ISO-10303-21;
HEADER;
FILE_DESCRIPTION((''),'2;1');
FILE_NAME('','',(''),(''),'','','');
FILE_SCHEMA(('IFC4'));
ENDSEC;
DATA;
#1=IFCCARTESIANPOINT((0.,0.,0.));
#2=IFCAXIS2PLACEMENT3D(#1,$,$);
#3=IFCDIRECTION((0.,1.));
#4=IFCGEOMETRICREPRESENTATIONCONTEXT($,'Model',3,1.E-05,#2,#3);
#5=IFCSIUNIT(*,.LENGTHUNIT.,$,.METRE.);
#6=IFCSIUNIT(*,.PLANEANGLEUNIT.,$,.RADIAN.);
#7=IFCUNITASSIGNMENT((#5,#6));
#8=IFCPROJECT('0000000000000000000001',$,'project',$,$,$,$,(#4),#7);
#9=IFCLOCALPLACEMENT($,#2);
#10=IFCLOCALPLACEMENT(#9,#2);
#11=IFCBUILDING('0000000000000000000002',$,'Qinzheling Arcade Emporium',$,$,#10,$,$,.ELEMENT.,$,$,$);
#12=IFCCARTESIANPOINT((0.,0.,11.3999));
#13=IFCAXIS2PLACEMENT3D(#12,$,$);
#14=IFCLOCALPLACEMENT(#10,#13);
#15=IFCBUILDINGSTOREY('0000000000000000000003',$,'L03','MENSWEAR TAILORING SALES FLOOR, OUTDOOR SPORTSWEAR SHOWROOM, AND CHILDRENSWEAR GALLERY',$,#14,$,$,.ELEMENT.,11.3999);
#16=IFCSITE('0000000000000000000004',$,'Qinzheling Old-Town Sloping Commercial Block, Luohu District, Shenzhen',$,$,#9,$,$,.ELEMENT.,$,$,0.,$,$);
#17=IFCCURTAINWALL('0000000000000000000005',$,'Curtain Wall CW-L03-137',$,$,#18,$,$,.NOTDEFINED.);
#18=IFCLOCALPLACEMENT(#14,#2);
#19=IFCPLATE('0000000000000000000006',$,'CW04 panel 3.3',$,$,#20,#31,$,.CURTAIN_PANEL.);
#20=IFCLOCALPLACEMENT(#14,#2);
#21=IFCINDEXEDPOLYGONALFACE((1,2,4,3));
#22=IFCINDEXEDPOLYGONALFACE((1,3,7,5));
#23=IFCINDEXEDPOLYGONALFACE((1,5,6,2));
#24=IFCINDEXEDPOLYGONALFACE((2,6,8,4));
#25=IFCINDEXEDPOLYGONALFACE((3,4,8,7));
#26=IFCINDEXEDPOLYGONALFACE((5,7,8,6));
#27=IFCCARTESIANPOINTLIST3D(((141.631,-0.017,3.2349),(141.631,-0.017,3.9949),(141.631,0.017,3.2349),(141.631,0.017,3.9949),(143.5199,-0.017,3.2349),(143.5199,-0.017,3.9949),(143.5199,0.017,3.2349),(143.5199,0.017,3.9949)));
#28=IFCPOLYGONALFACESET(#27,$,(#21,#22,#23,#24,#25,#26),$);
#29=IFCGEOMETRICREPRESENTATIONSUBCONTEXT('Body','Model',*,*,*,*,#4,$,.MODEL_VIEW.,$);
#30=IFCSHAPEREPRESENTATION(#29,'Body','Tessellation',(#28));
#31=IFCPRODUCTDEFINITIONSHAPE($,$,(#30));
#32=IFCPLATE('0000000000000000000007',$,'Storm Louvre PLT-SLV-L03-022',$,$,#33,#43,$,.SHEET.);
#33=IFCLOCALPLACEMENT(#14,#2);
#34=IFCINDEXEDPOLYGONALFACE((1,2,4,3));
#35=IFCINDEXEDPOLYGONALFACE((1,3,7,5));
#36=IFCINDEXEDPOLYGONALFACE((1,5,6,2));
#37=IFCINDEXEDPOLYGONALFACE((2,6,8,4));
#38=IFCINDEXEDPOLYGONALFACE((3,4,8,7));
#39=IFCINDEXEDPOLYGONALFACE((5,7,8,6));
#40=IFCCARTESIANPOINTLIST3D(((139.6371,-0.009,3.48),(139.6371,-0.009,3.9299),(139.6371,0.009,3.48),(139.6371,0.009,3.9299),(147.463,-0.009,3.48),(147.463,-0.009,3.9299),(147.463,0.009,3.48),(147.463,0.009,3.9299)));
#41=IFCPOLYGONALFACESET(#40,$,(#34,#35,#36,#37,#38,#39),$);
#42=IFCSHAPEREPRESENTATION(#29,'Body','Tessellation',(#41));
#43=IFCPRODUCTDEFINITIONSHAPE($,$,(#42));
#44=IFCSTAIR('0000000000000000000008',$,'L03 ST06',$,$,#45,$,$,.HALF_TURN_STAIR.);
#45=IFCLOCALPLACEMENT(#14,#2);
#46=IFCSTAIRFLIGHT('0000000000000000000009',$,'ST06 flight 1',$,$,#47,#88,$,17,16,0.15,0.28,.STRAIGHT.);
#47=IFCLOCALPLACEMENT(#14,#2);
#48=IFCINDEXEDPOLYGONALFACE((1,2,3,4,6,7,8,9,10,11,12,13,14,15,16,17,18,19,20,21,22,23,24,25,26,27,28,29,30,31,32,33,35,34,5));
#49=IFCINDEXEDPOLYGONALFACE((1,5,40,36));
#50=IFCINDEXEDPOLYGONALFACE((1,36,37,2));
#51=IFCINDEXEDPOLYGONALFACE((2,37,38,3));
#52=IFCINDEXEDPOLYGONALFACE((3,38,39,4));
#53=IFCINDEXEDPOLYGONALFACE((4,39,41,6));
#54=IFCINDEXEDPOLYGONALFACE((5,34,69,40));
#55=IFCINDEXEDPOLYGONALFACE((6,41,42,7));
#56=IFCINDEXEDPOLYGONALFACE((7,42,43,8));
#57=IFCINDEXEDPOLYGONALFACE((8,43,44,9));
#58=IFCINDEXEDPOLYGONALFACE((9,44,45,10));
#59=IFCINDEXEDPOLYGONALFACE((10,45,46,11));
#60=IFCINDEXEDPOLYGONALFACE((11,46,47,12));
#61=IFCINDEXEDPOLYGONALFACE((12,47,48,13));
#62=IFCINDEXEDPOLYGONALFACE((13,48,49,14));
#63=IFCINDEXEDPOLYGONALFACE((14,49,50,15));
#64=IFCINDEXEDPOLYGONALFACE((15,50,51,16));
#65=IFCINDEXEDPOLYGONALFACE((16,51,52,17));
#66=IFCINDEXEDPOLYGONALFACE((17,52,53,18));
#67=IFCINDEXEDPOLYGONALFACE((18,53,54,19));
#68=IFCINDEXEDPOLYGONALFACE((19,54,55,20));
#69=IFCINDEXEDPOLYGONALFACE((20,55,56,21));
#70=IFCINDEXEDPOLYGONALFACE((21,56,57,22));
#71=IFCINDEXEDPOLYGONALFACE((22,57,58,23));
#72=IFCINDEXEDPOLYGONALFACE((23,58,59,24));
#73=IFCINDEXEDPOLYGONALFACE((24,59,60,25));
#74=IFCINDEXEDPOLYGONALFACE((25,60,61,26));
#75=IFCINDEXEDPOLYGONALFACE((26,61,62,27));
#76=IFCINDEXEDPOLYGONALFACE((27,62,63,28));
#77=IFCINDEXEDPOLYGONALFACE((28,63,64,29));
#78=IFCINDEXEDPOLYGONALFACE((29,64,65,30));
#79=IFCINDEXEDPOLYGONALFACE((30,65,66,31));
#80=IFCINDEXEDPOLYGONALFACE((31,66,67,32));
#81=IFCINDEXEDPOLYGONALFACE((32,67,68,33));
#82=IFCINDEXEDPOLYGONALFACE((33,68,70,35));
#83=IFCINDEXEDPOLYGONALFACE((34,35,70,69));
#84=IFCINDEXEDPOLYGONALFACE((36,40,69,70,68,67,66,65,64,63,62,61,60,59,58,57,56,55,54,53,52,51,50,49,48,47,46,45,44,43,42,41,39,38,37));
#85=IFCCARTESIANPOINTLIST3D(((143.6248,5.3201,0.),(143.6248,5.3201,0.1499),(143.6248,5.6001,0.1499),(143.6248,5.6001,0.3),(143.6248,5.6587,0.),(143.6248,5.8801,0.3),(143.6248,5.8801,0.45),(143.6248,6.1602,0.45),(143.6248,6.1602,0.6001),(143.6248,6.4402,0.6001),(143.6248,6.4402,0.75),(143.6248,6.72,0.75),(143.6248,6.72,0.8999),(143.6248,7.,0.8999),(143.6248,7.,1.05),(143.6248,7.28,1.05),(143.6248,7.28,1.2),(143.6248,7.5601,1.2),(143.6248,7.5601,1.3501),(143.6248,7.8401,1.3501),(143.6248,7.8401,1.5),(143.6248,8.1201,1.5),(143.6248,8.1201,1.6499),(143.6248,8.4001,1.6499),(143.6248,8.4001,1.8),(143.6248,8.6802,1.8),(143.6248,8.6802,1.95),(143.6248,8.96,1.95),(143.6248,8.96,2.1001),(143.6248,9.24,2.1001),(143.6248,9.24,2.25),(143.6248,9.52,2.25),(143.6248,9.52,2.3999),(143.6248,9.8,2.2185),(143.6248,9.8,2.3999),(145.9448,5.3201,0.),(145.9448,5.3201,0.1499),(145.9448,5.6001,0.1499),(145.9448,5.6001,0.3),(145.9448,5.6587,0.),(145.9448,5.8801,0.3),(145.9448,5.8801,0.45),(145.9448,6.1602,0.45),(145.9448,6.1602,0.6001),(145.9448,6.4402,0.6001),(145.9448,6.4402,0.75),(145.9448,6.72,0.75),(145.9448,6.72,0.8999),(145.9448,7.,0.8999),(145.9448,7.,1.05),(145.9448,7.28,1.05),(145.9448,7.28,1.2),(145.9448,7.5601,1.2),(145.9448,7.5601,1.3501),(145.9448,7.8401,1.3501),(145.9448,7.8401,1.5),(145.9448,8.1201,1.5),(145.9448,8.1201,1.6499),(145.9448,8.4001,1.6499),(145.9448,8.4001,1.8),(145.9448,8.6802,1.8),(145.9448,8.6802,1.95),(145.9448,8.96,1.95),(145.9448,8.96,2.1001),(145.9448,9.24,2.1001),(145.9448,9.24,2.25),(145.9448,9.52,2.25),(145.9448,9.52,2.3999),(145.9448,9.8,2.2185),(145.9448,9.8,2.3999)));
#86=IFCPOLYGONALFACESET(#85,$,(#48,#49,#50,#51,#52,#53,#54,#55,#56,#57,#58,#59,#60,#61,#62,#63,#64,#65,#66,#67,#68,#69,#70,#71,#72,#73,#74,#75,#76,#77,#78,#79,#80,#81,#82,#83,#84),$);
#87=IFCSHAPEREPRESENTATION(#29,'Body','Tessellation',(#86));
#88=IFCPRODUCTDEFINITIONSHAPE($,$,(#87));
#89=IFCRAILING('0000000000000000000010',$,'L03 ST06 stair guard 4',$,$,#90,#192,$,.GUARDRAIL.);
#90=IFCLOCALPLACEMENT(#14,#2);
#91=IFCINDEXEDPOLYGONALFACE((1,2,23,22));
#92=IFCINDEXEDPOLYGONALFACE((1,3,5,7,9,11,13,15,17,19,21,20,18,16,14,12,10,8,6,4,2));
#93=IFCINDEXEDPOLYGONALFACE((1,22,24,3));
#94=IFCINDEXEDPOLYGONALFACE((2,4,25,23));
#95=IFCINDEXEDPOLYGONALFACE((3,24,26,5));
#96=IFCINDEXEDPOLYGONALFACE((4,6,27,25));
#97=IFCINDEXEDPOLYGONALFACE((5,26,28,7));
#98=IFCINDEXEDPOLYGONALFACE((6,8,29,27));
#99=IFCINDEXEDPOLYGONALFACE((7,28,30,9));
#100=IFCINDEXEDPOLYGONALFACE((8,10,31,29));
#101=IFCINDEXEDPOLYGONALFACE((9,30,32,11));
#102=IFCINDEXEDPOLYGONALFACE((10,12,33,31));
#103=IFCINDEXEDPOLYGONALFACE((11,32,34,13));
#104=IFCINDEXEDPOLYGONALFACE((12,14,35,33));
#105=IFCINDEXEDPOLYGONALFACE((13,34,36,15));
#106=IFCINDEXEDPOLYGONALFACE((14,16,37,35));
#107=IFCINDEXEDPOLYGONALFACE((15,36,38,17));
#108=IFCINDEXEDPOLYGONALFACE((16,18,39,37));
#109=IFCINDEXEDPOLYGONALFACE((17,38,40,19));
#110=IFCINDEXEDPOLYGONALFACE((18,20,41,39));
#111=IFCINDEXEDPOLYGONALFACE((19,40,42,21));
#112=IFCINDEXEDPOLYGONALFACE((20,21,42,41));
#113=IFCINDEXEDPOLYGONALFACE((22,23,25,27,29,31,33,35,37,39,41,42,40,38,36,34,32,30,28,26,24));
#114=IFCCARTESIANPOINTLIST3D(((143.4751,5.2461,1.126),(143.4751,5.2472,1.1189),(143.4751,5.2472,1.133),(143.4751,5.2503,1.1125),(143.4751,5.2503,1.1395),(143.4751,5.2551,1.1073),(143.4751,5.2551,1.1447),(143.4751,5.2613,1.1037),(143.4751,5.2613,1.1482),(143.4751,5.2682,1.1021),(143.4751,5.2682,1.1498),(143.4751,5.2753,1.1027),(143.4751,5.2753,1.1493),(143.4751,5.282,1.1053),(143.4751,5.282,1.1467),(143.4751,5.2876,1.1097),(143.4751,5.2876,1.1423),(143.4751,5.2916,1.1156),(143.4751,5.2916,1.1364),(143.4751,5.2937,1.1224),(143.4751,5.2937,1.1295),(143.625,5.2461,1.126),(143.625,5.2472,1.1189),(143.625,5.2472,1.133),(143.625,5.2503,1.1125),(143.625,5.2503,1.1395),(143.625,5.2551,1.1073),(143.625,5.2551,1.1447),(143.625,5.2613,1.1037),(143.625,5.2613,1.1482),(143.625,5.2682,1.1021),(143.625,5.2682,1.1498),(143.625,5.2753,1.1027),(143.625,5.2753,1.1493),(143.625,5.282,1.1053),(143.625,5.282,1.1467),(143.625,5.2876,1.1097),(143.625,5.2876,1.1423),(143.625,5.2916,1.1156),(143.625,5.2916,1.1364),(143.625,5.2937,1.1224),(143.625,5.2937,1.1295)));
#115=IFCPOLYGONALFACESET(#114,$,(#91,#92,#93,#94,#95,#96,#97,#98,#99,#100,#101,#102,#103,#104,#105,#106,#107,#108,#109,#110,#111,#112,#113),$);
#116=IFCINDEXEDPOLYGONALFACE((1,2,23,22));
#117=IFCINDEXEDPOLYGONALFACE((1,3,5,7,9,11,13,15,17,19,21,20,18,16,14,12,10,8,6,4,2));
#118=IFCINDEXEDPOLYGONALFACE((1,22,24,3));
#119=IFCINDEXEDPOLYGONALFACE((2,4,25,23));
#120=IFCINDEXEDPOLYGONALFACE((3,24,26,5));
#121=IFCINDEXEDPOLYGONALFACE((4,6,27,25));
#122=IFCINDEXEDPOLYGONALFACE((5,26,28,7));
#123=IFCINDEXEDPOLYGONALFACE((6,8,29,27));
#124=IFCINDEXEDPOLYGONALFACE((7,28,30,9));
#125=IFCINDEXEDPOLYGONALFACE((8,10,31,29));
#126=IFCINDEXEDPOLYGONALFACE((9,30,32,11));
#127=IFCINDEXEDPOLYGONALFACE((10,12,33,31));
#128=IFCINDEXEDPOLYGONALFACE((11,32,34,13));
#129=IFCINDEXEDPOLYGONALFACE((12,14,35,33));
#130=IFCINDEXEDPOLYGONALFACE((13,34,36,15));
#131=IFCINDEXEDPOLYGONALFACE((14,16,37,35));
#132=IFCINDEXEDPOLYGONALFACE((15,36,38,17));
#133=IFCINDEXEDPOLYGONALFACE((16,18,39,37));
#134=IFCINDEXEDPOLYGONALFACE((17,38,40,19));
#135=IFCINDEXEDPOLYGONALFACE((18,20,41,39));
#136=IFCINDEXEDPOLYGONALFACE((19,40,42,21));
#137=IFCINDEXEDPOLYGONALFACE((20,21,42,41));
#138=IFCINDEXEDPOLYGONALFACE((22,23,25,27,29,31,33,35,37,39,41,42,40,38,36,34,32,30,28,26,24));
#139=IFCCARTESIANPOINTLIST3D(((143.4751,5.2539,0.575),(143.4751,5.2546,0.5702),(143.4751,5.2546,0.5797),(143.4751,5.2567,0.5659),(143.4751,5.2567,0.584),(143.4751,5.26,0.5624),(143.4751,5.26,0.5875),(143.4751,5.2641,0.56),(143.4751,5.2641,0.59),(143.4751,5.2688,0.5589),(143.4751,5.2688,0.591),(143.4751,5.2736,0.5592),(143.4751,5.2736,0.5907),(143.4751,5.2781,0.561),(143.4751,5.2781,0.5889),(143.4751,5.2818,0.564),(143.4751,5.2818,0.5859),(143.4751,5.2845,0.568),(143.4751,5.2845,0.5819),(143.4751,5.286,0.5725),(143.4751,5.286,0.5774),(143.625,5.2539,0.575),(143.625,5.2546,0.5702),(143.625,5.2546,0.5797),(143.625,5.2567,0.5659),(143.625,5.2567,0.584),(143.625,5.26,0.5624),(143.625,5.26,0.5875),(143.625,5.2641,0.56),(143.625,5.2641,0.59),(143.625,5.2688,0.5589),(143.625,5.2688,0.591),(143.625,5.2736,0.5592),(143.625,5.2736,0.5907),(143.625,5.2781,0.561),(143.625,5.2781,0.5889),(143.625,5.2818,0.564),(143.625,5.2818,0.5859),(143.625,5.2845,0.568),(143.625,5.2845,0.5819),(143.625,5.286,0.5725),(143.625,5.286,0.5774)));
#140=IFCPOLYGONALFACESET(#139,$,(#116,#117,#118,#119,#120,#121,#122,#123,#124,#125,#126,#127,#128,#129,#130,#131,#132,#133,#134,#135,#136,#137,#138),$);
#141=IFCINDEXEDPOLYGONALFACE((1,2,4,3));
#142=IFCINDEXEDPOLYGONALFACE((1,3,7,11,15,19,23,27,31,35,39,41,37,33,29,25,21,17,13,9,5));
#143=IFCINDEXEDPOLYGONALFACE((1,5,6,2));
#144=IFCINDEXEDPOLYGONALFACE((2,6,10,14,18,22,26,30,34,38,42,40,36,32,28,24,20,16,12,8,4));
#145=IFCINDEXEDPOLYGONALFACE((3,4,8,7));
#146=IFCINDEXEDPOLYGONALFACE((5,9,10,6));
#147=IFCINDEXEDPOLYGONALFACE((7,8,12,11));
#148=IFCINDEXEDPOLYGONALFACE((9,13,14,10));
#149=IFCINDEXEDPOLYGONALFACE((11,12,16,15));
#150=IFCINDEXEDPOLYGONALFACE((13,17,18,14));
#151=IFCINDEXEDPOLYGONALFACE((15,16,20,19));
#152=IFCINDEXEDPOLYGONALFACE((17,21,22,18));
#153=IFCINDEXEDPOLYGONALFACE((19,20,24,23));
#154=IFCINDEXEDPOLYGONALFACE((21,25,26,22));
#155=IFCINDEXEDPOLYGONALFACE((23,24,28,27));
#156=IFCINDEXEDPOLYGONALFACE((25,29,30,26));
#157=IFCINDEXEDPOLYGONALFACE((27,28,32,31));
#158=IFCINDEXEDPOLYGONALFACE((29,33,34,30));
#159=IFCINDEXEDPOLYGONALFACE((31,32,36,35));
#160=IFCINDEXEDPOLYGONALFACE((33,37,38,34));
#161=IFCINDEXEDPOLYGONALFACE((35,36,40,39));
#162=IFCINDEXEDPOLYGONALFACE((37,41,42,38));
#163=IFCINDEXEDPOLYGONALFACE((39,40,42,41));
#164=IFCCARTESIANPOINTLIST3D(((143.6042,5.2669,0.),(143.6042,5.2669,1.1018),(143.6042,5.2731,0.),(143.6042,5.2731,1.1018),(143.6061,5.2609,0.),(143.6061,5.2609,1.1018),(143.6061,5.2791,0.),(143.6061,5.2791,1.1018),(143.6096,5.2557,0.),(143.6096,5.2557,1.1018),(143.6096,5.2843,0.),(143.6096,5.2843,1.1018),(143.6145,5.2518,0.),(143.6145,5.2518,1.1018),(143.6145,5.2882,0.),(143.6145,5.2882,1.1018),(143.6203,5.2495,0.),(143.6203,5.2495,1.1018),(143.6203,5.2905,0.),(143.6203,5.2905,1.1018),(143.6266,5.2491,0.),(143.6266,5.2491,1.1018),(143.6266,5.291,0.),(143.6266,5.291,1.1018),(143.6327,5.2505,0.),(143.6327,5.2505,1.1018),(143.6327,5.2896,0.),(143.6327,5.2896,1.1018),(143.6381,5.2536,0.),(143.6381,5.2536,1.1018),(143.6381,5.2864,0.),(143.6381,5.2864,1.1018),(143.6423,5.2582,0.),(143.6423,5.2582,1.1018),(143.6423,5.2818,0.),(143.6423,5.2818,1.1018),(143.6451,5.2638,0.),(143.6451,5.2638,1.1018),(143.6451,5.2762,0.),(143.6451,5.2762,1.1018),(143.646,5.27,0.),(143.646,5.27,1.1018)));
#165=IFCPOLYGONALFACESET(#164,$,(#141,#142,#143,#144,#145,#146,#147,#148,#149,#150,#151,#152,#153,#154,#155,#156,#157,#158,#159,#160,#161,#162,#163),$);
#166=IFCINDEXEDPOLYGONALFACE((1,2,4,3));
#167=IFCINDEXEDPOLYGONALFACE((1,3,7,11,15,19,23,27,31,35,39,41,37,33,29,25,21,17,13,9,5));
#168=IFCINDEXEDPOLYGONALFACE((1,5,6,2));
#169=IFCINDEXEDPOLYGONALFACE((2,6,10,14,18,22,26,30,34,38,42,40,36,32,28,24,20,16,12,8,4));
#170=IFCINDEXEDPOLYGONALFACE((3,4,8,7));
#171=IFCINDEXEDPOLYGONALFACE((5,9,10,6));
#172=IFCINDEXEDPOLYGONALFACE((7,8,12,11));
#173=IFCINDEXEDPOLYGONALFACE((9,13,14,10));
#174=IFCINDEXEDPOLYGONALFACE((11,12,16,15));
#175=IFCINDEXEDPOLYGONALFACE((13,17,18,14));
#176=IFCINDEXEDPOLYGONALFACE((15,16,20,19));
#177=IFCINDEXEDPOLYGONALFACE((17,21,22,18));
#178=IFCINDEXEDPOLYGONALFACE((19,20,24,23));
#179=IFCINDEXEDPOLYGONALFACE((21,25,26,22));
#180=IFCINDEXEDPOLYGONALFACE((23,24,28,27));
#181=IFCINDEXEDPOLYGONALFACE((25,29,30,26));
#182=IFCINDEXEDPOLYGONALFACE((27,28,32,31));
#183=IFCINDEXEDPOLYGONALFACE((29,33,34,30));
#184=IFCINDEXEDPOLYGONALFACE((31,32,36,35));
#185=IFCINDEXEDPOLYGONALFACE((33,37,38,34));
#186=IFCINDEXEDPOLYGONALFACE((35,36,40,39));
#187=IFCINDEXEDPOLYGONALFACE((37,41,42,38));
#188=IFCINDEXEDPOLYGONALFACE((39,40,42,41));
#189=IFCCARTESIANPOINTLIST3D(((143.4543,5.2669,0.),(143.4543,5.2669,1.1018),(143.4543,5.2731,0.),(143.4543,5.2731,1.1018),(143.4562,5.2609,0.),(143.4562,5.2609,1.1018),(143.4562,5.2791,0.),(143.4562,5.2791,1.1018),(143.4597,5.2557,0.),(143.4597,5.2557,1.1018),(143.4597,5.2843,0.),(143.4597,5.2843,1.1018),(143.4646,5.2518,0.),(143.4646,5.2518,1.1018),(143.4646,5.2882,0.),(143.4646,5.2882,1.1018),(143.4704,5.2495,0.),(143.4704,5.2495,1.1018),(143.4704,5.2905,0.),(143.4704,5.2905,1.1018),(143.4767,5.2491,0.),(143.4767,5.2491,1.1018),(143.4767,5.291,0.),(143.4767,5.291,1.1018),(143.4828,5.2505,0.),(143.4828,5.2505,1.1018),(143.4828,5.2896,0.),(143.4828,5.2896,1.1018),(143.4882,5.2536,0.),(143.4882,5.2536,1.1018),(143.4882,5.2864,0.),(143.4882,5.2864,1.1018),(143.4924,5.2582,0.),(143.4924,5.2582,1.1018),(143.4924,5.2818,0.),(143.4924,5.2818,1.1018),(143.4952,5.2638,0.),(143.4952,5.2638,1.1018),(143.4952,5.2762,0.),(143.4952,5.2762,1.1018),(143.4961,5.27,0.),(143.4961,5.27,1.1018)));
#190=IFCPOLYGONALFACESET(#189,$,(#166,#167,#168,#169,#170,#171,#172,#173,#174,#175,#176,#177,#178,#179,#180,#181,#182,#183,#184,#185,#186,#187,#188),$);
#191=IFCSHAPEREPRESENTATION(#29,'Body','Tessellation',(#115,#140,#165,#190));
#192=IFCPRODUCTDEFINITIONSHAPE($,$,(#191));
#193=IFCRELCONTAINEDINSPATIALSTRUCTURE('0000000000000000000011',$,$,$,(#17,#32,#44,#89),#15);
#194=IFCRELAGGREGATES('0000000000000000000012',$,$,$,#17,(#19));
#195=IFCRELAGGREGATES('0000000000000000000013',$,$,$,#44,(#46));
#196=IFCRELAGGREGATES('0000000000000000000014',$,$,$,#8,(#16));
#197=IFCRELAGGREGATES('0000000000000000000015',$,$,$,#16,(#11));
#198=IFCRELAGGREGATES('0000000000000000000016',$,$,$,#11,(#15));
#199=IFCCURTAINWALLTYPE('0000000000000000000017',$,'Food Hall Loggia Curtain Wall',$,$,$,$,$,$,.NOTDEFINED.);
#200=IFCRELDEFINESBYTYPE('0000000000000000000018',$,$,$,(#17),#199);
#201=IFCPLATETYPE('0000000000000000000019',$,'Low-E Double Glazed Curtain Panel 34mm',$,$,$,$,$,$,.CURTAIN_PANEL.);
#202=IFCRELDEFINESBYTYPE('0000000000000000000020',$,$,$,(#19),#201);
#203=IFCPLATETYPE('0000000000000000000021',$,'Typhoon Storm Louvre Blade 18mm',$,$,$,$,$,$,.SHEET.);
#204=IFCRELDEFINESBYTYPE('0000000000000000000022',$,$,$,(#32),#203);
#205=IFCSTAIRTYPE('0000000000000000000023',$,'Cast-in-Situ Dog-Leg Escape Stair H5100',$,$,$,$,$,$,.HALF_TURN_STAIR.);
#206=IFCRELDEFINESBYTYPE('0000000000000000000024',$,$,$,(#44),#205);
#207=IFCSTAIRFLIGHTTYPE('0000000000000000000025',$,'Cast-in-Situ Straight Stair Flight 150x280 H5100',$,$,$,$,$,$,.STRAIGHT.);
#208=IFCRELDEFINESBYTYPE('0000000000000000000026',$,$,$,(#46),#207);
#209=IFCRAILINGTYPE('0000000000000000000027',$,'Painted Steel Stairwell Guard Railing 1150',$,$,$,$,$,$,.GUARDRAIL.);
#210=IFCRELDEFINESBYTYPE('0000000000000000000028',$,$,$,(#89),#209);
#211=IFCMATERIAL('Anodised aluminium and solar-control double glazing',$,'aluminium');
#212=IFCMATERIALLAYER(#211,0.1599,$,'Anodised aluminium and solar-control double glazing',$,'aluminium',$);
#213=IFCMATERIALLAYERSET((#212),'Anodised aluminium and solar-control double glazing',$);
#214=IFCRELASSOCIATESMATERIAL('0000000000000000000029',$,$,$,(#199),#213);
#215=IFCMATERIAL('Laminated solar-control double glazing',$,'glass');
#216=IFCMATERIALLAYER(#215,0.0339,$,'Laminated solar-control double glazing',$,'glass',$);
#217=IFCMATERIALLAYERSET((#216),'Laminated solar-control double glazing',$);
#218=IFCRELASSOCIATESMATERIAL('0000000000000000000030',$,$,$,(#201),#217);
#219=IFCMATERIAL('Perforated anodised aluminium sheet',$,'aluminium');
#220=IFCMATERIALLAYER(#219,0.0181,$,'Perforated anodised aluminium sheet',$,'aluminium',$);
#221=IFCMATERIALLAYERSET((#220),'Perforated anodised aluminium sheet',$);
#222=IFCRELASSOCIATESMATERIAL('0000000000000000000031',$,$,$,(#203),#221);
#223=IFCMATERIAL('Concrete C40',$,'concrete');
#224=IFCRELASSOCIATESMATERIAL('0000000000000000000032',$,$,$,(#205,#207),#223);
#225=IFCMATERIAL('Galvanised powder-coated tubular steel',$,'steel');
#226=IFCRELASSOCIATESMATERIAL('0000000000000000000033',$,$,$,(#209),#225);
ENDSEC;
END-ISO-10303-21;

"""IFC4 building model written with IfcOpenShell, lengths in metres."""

from ifc_helpers import new_model, si_unit, direction, frame, origin, origin_2d, place, context, subcontext, project, spatial, polyline, rectangle, circle, outline, extrude, material, layer, layer_set, type_object, element, aggregate, save


model = new_model("IFC4")

# Units and contexts
model_context = context("Model", 3, precision=1e-05, world=origin(), true_north=direction((0.0, 1.0)))
body_context = subcontext(model_context, "Body", "Model", "MODEL_VIEW")
ifc_project = project(units=[si_unit("LENGTHUNIT", "METRE"), si_unit("PLANEANGLEUNIT", "RADIAN")], contexts=[model_context])

# Site, building, storey
site_placement = place(None, origin())
site = spatial("IfcSite", under=ifc_project, at=site_placement, Name="Qinzheling Old-Town Sloping Commercial Block, Luohu District, Shenzhen", CompositionType="ELEMENT", RefElevation=0.0)
building_placement = place(site_placement, origin())
building = spatial("IfcBuilding", under=site, at=building_placement, Name="Qinzheling Arcade Emporium", CompositionType="ELEMENT")
storey_placement = place(building_placement, frame((0.0, 0.0, 11.3999)))
storey = spatial("IfcBuildingStorey", under=building, at=storey_placement, Name="L03", Description="MENSWEAR TAILORING SALES FLOOR, OUTDOOR SPORTSWEAR SHOWROOM, AND CHILDRENSWEAR GALLERY", CompositionType="ELEMENT", Elevation=11.3999)

# Curtain wall, plate
ifc_material_1 = material(Name="Anodised aluminium and solar-control double glazing", Category="aluminium")
ifc_layer_1 = layer(ifc_material_1, 0.1599, Name="Anodised aluminium and solar-control double glazing", Category="aluminium")
ifc_layer_set_1 = layer_set([ifc_layer_1], Name="Anodised aluminium and solar-control double glazing")
curtain_wall_type = type_object("IfcCurtainWallType", Name="Food Hall Loggia Curtain Wall", PredefinedType="NOTDEFINED", material=ifc_layer_set_1)
curtain_wall_placement = place(storey_placement, origin())
curtain_wall = element("IfcCurtainWall", 1, at=curtain_wall_placement, inside=storey, type_object=curtain_wall_type, Name="Curtain Wall CW-L03-137", PredefinedType="NOTDEFINED")
ifc_material_2 = material(Name="Laminated solar-control double glazing", Category="glass")
ifc_layer_2 = layer(ifc_material_2, 0.0339, Name="Laminated solar-control double glazing", Category="glass")
ifc_layer_set_2 = layer_set([ifc_layer_2], Name="Laminated solar-control double glazing")
plate_type_1 = type_object("IfcPlateType", Name="Low-E Double Glazed Curtain Panel 34mm", PredefinedType="CURTAIN_PANEL", material=ifc_layer_set_2)
plate_1_placement = place(storey_placement, frame((142.5754, 0.0, 3.2349), z_axis=(0.0, 0.0, 1.0), x_axis=(-1.0, 0.0, 0.0)))
plate_1 = element("IfcPlate", 2, at=plate_1_placement, type_object=plate_type_1, Name="CW04 panel 3.3", PredefinedType="CURTAIN_PANEL", context=body_context, shape_type="SweptSolid", body=[
    extrude(rectangle(XDim=1.8889, YDim=0.0339, at=origin_2d()), origin(), (0.0, 0.0, 1.0), 0.76),
])
aggregate(curtain_wall, [plate_1])

# Plate
ifc_material_3 = material(Name="Perforated anodised aluminium sheet", Category="aluminium")
ifc_layer_3 = layer(ifc_material_3, 0.0181, Name="Perforated anodised aluminium sheet", Category="aluminium")
ifc_layer_set_3 = layer_set([ifc_layer_3], Name="Perforated anodised aluminium sheet")
plate_type_2 = type_object("IfcPlateType", Name="Typhoon Storm Louvre Blade 18mm", PredefinedType="SHEET", material=ifc_layer_set_3)
plate_2_placement = place(storey_placement, frame((143.55, 0.0, 3.48), z_axis=(0.0, 0.0, 1.0), x_axis=(-1.0, 0.0, 0.0)))
element("IfcPlate", 3, at=plate_2_placement, inside=storey, type_object=plate_type_2, Name="Storm Louvre PLT-SLV-L03-022", PredefinedType="SHEET", context=body_context, shape_type="SweptSolid", body=[
    extrude(rectangle(XDim=7.8259, YDim=0.0181, at=origin_2d()), origin(), (0.0, 0.0, 1.0), 0.45),
])

# Stair, stair flight
ifc_material_4 = material(Name="Concrete C40", Category="concrete")
stair_type = type_object("IfcStairType", Name="Cast-in-Situ Dog-Leg Escape Stair H5100", PredefinedType="HALF_TURN_STAIR", material=ifc_material_4)
stair_placement = place(storey_placement, origin())
stair = element("IfcStair", 4, at=stair_placement, inside=storey, type_object=stair_type, Name="L03 ST06", PredefinedType="HALF_TURN_STAIR")
stair_flight_type = type_object("IfcStairFlightType", Name="Cast-in-Situ Straight Stair Flight 150x280 H5100", PredefinedType="STRAIGHT", material=ifc_material_4)
stair_flight_placement = place(storey_placement, frame((144.7849, 5.3201, 0.0), z_axis=(0.0, 0.0, 1.0), x_axis=(0.0, 1.0, 0.0)))
stair_flight = element("IfcStairFlight", 5, at=stair_flight_placement, type_object=stair_flight_type, Name="ST06 flight 1", NumberOfRisers=17, NumberOfTreads=16, PredefinedType="STRAIGHT", RiserHeight=0.15, TreadLength=0.28, context=body_context, shape_type="SweptSolid", body=[
    extrude(outline(polyline([(0.0, 0.0), (0.0, 0.1499), (0.28, 0.1499), (0.28, 0.3), (0.5601, 0.3), (0.5601, 0.45), (0.8401, 0.45), (0.8401, 0.6001), (1.1201, 0.6001), (1.1201, 0.75), (1.3999, 0.75), (1.3999, 0.8999), (1.6799, 0.8999), (1.6799, 1.05), (1.96, 1.05), (1.96, 1.2), (2.24, 1.2), (2.24, 1.3501), (2.52, 1.3501), (2.52, 1.5), (2.8, 1.5), (2.8, 1.6499), (3.0801, 1.6499), (3.0801, 1.8), (3.3601, 1.8), (3.3601, 1.95), (3.6399, 1.95), (3.6399, 2.1001), (3.9199, 2.1001), (3.9199, 2.25), (4.2, 2.25), (4.2, 2.3999), (4.48, 2.3999), (4.48, 2.55), (4.48, 2.2185), (0.3386, 0.0), (0.0, 0.0)])), frame((0.0, 1.1602, 0.0), z_axis=(0.0, -1.0, 0.0), x_axis=(1.0, 0.0, 0.0)), (0.0, 0.0, 1.0), 2.3201),
])
aggregate(stair, [stair_flight])

# Railing
ifc_material_5 = material(Name="Galvanised powder-coated tubular steel", Category="steel")
railing_type_1 = type_object("IfcRailingType", Name="Painted Steel Stairwell Guard Railing 1150", PredefinedType="GUARDRAIL", material=ifc_material_5)
railing_1_placement = place(storey_placement, frame((143.625, 5.27, 0.0)))
element("IfcRailing", 6, at=railing_1_placement, inside=storey, type_object=railing_type_1, Name="L03 ST06 stair guard 4", PredefinedType="GUARDRAIL", context=body_context, shape_type="SweptSolid", body=[
    extrude(circle(Radius=0.0239, at=origin_2d()), frame((0.0, 0.0, 1.126), z_axis=(-1.0, 0.0, 0.0), x_axis=(0.0, -1.0, 0.0)), (0.0, 0.0, 1.0), 0.1499),
    extrude(circle(Radius=0.0161, at=origin_2d()), frame((0.0, 0.0, 0.575), z_axis=(-1.0, 0.0, 0.0), x_axis=(0.0, -1.0, 0.0)), (0.0, 0.0, 1.0), 0.1499),
    extrude(circle(Radius=0.021, at=origin_2d()), origin(), (0.0, 0.0, 1.0), 1.1018),
    extrude(circle(Radius=0.021, at=origin_2d()), frame((-0.1499, 0.0, 0.0)), (0.0, 0.0, 1.0), 1.1018),
])

save(model, "model.ifc")
